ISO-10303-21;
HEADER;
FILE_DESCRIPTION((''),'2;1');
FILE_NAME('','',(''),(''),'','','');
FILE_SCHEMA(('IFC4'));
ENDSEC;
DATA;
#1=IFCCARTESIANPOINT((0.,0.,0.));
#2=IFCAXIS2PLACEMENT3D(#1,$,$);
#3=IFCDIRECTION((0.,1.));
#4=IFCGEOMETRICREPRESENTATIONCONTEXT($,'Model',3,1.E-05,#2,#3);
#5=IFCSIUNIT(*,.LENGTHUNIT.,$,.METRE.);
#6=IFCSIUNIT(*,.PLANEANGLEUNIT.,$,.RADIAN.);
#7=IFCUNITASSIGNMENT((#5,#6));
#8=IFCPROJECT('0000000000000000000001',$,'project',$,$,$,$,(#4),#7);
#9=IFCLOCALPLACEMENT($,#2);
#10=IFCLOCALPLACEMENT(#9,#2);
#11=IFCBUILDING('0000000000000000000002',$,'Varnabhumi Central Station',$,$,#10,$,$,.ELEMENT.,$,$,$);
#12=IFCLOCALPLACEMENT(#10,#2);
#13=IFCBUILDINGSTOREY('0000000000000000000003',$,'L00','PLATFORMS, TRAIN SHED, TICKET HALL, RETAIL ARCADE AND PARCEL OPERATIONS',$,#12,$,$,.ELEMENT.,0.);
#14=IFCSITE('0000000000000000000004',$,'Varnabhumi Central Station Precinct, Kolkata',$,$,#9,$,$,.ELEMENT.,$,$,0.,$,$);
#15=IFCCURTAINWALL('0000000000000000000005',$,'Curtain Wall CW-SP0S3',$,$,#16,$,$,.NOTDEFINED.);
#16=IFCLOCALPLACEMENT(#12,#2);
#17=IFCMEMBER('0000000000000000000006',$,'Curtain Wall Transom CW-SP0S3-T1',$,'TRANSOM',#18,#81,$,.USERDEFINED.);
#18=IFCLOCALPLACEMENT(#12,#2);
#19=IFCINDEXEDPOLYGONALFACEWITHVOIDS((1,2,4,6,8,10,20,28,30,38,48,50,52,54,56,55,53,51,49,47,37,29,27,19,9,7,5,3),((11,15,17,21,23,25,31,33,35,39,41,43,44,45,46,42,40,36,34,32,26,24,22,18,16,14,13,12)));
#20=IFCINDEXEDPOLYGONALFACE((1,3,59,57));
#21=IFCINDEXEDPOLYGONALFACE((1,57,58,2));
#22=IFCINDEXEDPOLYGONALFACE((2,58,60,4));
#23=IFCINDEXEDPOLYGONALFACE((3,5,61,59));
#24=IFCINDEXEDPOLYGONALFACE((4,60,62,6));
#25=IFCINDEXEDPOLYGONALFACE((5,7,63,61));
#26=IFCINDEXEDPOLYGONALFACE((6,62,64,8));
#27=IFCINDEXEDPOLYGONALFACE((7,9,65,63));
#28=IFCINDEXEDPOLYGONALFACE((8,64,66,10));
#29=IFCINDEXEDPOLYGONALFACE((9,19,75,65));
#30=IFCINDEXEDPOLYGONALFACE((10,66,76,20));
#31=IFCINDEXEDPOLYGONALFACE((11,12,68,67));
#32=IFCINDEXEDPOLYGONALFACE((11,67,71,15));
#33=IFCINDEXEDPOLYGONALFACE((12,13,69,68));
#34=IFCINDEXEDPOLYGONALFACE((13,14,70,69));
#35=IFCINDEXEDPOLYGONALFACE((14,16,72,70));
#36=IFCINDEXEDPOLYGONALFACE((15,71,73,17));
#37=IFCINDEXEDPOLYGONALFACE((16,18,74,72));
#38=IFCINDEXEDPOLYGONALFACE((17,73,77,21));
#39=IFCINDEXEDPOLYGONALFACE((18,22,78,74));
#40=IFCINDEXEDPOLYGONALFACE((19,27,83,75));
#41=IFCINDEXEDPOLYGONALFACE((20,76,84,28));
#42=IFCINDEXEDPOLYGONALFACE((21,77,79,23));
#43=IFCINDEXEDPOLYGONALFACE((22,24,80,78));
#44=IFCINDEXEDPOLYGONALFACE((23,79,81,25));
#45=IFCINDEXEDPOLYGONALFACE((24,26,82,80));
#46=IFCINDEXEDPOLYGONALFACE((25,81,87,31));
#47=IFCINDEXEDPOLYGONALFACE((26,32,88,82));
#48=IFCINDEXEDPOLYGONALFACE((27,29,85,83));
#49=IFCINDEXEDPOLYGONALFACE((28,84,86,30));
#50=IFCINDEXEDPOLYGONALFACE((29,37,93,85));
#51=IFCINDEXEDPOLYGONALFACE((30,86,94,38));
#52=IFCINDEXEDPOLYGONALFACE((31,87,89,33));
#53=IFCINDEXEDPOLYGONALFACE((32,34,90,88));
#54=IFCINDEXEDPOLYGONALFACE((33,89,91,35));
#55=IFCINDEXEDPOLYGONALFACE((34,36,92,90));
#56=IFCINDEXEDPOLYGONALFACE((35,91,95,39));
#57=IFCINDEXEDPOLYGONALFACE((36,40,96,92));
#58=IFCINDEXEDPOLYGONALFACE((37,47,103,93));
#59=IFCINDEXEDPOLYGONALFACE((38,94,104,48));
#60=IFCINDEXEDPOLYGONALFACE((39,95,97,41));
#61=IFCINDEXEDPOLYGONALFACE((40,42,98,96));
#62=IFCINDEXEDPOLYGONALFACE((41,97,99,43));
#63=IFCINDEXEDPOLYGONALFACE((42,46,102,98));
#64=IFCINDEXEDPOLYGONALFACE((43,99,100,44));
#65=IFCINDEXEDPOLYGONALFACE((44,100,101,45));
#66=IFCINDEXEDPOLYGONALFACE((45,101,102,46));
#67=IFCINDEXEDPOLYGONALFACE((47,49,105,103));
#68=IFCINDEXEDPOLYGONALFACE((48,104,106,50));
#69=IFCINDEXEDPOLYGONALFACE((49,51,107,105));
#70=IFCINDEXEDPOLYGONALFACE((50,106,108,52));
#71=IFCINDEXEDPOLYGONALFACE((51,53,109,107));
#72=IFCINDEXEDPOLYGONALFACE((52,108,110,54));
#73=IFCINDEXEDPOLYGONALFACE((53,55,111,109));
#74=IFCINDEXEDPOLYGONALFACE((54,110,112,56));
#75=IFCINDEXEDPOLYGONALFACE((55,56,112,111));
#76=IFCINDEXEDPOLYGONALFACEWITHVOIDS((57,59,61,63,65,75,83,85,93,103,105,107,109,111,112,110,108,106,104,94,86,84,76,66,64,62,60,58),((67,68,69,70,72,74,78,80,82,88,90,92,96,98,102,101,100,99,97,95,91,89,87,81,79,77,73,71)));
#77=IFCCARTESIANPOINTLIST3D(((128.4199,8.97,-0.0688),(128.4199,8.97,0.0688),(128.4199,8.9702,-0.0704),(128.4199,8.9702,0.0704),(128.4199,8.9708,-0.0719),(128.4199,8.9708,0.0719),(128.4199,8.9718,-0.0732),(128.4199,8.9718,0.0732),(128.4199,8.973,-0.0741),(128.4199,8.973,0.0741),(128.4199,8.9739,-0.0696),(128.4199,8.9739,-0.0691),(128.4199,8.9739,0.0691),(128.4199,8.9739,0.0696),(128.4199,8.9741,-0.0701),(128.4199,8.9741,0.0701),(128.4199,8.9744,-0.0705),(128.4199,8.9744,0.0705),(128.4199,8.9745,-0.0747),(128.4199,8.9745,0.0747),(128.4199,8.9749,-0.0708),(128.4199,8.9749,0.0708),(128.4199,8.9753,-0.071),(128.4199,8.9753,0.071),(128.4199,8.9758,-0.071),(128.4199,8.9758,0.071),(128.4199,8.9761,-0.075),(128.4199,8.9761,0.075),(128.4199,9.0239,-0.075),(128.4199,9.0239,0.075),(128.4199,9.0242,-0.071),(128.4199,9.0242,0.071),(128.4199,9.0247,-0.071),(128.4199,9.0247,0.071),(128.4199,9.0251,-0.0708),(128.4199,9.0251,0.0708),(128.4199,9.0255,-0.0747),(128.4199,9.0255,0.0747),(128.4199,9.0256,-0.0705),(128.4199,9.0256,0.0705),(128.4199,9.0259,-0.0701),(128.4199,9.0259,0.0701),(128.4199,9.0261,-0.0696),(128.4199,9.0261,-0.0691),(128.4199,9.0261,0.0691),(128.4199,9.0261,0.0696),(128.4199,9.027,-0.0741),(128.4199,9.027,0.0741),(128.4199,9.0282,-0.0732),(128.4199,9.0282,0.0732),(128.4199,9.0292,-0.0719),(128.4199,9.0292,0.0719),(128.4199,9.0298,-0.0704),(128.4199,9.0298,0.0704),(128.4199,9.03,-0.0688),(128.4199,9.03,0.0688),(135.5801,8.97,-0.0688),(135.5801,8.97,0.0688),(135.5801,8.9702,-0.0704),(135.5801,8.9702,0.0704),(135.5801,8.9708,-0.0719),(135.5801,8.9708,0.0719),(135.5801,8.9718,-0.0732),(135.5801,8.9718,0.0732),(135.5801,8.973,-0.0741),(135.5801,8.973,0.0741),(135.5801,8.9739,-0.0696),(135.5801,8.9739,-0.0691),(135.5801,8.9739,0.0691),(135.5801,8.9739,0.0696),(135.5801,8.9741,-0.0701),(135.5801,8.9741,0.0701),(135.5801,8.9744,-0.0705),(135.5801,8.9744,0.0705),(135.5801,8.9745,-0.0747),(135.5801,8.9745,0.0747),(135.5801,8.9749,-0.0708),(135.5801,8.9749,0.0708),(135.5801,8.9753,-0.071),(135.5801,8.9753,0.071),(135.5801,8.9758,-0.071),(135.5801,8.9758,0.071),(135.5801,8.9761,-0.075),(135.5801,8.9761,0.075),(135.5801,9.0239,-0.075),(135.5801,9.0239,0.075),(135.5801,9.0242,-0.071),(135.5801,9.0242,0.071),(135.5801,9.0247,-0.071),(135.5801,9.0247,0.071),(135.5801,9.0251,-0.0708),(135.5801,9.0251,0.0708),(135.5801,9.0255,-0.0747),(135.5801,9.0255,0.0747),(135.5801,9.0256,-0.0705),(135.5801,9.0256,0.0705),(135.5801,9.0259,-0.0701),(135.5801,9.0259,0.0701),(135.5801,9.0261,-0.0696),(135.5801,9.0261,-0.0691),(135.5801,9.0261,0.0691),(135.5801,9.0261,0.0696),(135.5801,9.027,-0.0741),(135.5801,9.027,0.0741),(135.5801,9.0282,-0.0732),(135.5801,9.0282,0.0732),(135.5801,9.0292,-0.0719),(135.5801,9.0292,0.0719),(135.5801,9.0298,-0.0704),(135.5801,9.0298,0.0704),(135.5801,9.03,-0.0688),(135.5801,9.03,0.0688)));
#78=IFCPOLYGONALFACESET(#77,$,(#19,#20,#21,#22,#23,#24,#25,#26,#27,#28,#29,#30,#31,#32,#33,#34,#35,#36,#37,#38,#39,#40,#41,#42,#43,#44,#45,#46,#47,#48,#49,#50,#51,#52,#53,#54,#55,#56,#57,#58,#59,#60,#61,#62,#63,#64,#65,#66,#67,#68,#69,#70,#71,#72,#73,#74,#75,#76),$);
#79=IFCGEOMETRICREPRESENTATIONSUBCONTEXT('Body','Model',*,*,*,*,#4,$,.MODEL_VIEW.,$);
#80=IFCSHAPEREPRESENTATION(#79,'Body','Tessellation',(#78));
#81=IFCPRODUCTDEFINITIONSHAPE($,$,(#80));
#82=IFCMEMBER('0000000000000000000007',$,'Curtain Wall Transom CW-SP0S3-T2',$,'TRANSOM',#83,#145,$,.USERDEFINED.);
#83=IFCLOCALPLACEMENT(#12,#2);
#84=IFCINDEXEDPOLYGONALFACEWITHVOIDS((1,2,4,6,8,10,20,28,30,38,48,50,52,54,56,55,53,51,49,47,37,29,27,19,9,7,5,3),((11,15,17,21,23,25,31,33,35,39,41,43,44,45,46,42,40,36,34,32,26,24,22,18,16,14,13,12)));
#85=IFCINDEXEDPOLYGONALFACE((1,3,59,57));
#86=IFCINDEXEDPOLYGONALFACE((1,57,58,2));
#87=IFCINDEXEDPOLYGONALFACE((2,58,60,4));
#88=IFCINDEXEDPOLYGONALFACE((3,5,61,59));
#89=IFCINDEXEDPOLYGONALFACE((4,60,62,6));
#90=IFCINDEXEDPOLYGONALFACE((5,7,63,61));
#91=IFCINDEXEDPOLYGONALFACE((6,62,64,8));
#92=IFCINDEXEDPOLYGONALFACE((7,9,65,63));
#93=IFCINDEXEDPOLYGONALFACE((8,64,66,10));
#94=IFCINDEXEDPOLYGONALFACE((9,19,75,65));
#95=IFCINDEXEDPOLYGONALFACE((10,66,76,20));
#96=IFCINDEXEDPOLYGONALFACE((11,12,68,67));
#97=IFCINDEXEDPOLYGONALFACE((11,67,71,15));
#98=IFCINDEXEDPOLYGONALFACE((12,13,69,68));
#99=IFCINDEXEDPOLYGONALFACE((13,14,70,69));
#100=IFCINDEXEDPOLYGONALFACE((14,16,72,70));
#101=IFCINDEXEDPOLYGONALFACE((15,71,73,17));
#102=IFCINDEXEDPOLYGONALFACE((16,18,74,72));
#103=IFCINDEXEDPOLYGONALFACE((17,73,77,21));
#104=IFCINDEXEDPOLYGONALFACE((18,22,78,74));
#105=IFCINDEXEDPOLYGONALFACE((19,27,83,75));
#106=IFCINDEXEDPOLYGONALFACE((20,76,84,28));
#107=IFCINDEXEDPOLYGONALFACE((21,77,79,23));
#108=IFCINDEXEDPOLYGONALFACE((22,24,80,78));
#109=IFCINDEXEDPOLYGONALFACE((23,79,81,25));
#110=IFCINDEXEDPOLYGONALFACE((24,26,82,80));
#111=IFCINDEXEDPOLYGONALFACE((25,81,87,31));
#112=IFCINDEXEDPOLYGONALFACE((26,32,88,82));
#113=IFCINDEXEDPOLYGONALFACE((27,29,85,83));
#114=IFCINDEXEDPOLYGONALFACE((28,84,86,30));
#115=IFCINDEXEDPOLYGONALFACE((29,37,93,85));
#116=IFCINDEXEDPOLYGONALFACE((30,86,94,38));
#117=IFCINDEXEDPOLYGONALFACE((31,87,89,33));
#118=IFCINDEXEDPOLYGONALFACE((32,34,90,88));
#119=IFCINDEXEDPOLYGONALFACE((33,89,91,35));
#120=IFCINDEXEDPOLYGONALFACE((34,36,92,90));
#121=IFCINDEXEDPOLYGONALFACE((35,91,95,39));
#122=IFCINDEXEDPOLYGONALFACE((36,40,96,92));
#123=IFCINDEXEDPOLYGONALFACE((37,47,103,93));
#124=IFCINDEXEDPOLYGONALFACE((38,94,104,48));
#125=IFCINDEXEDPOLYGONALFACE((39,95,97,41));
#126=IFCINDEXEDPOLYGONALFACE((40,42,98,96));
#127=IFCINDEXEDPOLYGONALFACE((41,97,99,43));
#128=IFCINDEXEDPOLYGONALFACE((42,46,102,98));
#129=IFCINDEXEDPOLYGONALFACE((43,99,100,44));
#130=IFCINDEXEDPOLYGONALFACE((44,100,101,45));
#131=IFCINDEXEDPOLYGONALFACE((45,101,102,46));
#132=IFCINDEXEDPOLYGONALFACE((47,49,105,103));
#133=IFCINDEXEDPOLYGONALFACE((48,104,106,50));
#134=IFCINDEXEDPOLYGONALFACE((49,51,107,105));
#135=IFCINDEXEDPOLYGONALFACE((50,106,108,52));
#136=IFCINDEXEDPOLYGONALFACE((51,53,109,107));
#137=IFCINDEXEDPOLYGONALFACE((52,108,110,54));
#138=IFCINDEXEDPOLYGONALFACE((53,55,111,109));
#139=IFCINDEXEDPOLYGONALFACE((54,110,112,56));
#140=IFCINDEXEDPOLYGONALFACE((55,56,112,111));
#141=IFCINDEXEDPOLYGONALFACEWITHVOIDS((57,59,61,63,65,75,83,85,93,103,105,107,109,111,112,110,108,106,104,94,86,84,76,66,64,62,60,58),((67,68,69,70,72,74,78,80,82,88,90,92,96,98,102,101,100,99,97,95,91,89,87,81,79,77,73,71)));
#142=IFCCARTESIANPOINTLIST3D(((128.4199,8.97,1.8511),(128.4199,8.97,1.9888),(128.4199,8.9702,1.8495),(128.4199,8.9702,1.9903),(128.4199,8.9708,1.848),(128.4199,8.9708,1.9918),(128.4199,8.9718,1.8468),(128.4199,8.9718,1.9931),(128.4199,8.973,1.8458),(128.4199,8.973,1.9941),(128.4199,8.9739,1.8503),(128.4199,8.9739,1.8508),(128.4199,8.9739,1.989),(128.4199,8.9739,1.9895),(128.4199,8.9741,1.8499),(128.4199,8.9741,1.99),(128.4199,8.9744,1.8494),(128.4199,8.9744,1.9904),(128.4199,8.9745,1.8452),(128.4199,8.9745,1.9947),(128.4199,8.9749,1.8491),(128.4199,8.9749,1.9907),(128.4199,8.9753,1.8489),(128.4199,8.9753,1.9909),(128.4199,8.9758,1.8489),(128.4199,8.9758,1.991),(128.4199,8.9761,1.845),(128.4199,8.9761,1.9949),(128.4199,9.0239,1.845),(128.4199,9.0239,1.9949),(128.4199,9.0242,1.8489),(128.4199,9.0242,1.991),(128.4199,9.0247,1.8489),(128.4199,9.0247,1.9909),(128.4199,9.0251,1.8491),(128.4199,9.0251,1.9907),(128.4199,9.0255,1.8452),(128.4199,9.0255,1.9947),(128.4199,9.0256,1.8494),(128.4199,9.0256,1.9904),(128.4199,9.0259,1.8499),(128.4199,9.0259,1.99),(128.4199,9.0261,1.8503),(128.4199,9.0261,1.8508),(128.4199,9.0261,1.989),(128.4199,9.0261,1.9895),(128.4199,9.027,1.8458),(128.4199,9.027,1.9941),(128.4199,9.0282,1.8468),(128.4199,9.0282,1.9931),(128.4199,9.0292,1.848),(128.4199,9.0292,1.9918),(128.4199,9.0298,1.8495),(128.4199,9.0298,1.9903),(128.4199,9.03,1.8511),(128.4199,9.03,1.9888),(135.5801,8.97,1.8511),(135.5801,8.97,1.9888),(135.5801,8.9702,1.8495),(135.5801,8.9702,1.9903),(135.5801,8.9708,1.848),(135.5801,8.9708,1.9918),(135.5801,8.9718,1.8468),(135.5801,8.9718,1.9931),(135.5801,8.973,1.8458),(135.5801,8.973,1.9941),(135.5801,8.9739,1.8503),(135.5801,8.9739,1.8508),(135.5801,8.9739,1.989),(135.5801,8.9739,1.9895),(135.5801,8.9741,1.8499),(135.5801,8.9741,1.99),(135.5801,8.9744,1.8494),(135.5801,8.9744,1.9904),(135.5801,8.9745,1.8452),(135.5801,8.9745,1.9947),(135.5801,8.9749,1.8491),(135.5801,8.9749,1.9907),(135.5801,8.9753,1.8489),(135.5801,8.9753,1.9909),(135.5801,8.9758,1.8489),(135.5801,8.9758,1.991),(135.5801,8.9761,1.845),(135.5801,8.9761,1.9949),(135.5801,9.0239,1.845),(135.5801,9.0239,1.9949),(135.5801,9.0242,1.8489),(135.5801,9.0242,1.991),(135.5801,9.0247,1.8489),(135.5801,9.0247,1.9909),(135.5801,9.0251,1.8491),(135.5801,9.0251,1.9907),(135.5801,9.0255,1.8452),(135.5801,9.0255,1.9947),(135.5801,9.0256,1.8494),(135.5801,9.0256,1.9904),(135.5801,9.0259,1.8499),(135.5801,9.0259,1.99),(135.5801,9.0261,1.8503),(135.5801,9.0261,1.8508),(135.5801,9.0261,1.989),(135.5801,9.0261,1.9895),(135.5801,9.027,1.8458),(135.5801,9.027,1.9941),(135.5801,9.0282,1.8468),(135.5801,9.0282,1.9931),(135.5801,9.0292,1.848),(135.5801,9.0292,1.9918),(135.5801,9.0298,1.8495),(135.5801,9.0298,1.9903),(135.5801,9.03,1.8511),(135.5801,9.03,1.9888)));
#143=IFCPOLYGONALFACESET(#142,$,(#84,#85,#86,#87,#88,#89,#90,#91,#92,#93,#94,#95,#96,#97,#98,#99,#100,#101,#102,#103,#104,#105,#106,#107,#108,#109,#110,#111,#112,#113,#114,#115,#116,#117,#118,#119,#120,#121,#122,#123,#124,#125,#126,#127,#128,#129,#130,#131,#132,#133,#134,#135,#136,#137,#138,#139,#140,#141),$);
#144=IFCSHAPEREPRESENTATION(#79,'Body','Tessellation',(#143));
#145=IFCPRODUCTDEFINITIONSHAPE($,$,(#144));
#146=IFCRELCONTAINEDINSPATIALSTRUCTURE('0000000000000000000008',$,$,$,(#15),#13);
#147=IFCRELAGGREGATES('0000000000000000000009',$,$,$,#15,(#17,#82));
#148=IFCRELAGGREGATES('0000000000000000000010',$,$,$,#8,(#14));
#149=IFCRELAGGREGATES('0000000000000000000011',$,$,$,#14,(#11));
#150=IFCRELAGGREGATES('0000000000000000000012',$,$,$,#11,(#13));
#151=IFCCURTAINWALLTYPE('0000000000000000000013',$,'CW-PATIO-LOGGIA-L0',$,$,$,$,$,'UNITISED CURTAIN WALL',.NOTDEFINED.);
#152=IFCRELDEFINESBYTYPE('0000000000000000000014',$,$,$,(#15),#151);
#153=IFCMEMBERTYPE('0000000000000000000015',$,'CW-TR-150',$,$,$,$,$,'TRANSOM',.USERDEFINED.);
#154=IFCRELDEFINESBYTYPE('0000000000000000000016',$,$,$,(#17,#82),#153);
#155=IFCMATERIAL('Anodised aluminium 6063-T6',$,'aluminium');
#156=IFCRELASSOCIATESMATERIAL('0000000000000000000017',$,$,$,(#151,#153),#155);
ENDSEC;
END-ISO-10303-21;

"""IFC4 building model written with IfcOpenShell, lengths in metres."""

from ifc_helpers import new_model, si_unit, direction, frame, origin, origin_2d, place, context, subcontext, project, spatial, hollow_rectangle, extrude, material, material_profile, profile_set, type_object, element, aggregate, save


model = new_model("IFC4")

# Units and contexts
model_context = context("Model", 3, precision=1e-05, world=origin(), true_north=direction((0.0, 1.0)))
body_context = subcontext(model_context, "Body", "Model", "MODEL_VIEW")
ifc_project = project(units=[si_unit("LENGTHUNIT", "METRE"), si_unit("PLANEANGLEUNIT", "RADIAN")], contexts=[model_context])

# Site, building, storey
site_placement = place(None, origin())
site = spatial("IfcSite", under=ifc_project, at=site_placement, Name="Varnabhumi Central Station Precinct, Kolkata", CompositionType="ELEMENT", RefElevation=0.0)
building_placement = place(site_placement, origin())
building = spatial("IfcBuilding", under=site, at=building_placement, Name="Varnabhumi Central Station", CompositionType="ELEMENT")
storey_placement = place(building_placement, origin())
storey = spatial("IfcBuildingStorey", under=building, at=storey_placement, Name="L00", Description="PLATFORMS, TRAIN SHED, TICKET HALL, RETAIL ARCADE AND PARCEL OPERATIONS", CompositionType="ELEMENT", Elevation=0.0)

# Curtain wall, members
ifc_material_1 = material(Name="Anodised aluminium 6063-T6", Category="aluminium")
curtain_wall_type = type_object("IfcCurtainWallType", Name="CW-PATIO-LOGGIA-L0", ElementType="UNITISED CURTAIN WALL", PredefinedType="NOTDEFINED", material=ifc_material_1)
curtain_wall_placement = place(storey_placement, origin())
curtain_wall = element("IfcCurtainWall", 1, at=curtain_wall_placement, inside=storey, type_object=curtain_wall_type, Name="Curtain Wall CW-SP0S3", PredefinedType="NOTDEFINED")
ifc_material_profile_1 = material_profile(ifc_material_1, hollow_rectangle(XDim=0.0601, YDim=0.1499, WallThickness=0.0039, InnerFilletRadius=0.002, OuterFilletRadius=0.0061, at=origin_2d()), Name="Anodised aluminium 6063-T6", Category="aluminium")
ifc_profile_set_1 = profile_set([ifc_material_profile_1], Name="Anodised aluminium 6063-T6")
member_type_1 = type_object("IfcMemberType", Name="CW-TR-150", ElementType="TRANSOM", PredefinedType="USERDEFINED", material=ifc_profile_set_1)
member_1_placement = place(storey_placement, frame((128.4199, 9.0, 0.0), z_axis=(1.0, 0.0, 0.0), x_axis=(0.0, 1.0, 0.0)))
member_1 = element("IfcMember", 2, at=member_1_placement, type_object=member_type_1, Name="Curtain Wall Transom CW-SP0S3-T1", ObjectType="TRANSOM", PredefinedType="USERDEFINED", context=body_context, shape_type="SweptSolid", body=[
    extrude(hollow_rectangle(XDim=0.0601, YDim=0.1499, WallThickness=0.0039, InnerFilletRadius=0.002, OuterFilletRadius=0.0061, at=origin_2d()), origin(), (0.0, 0.0, 1.0), 7.1602),
])
member_2_placement = place(storey_placement, frame((128.4199, 9.0, 1.9199), z_axis=(1.0, 0.0, 0.0), x_axis=(0.0, 1.0, 0.0)))
member_2 = element("IfcMember", 3, at=member_2_placement, type_object=member_type_1, Name="Curtain Wall Transom CW-SP0S3-T2", ObjectType="TRANSOM", PredefinedType="USERDEFINED", context=body_context, shape_type="SweptSolid", body=[
    extrude(hollow_rectangle(XDim=0.0601, YDim=0.1499, WallThickness=0.0039, InnerFilletRadius=0.002, OuterFilletRadius=0.0061, at=origin_2d()), origin(), (0.0, 0.0, 1.0), 7.1602),
])
aggregate(curtain_wall, [member_1, member_2])

save(model, "model.ifc")
